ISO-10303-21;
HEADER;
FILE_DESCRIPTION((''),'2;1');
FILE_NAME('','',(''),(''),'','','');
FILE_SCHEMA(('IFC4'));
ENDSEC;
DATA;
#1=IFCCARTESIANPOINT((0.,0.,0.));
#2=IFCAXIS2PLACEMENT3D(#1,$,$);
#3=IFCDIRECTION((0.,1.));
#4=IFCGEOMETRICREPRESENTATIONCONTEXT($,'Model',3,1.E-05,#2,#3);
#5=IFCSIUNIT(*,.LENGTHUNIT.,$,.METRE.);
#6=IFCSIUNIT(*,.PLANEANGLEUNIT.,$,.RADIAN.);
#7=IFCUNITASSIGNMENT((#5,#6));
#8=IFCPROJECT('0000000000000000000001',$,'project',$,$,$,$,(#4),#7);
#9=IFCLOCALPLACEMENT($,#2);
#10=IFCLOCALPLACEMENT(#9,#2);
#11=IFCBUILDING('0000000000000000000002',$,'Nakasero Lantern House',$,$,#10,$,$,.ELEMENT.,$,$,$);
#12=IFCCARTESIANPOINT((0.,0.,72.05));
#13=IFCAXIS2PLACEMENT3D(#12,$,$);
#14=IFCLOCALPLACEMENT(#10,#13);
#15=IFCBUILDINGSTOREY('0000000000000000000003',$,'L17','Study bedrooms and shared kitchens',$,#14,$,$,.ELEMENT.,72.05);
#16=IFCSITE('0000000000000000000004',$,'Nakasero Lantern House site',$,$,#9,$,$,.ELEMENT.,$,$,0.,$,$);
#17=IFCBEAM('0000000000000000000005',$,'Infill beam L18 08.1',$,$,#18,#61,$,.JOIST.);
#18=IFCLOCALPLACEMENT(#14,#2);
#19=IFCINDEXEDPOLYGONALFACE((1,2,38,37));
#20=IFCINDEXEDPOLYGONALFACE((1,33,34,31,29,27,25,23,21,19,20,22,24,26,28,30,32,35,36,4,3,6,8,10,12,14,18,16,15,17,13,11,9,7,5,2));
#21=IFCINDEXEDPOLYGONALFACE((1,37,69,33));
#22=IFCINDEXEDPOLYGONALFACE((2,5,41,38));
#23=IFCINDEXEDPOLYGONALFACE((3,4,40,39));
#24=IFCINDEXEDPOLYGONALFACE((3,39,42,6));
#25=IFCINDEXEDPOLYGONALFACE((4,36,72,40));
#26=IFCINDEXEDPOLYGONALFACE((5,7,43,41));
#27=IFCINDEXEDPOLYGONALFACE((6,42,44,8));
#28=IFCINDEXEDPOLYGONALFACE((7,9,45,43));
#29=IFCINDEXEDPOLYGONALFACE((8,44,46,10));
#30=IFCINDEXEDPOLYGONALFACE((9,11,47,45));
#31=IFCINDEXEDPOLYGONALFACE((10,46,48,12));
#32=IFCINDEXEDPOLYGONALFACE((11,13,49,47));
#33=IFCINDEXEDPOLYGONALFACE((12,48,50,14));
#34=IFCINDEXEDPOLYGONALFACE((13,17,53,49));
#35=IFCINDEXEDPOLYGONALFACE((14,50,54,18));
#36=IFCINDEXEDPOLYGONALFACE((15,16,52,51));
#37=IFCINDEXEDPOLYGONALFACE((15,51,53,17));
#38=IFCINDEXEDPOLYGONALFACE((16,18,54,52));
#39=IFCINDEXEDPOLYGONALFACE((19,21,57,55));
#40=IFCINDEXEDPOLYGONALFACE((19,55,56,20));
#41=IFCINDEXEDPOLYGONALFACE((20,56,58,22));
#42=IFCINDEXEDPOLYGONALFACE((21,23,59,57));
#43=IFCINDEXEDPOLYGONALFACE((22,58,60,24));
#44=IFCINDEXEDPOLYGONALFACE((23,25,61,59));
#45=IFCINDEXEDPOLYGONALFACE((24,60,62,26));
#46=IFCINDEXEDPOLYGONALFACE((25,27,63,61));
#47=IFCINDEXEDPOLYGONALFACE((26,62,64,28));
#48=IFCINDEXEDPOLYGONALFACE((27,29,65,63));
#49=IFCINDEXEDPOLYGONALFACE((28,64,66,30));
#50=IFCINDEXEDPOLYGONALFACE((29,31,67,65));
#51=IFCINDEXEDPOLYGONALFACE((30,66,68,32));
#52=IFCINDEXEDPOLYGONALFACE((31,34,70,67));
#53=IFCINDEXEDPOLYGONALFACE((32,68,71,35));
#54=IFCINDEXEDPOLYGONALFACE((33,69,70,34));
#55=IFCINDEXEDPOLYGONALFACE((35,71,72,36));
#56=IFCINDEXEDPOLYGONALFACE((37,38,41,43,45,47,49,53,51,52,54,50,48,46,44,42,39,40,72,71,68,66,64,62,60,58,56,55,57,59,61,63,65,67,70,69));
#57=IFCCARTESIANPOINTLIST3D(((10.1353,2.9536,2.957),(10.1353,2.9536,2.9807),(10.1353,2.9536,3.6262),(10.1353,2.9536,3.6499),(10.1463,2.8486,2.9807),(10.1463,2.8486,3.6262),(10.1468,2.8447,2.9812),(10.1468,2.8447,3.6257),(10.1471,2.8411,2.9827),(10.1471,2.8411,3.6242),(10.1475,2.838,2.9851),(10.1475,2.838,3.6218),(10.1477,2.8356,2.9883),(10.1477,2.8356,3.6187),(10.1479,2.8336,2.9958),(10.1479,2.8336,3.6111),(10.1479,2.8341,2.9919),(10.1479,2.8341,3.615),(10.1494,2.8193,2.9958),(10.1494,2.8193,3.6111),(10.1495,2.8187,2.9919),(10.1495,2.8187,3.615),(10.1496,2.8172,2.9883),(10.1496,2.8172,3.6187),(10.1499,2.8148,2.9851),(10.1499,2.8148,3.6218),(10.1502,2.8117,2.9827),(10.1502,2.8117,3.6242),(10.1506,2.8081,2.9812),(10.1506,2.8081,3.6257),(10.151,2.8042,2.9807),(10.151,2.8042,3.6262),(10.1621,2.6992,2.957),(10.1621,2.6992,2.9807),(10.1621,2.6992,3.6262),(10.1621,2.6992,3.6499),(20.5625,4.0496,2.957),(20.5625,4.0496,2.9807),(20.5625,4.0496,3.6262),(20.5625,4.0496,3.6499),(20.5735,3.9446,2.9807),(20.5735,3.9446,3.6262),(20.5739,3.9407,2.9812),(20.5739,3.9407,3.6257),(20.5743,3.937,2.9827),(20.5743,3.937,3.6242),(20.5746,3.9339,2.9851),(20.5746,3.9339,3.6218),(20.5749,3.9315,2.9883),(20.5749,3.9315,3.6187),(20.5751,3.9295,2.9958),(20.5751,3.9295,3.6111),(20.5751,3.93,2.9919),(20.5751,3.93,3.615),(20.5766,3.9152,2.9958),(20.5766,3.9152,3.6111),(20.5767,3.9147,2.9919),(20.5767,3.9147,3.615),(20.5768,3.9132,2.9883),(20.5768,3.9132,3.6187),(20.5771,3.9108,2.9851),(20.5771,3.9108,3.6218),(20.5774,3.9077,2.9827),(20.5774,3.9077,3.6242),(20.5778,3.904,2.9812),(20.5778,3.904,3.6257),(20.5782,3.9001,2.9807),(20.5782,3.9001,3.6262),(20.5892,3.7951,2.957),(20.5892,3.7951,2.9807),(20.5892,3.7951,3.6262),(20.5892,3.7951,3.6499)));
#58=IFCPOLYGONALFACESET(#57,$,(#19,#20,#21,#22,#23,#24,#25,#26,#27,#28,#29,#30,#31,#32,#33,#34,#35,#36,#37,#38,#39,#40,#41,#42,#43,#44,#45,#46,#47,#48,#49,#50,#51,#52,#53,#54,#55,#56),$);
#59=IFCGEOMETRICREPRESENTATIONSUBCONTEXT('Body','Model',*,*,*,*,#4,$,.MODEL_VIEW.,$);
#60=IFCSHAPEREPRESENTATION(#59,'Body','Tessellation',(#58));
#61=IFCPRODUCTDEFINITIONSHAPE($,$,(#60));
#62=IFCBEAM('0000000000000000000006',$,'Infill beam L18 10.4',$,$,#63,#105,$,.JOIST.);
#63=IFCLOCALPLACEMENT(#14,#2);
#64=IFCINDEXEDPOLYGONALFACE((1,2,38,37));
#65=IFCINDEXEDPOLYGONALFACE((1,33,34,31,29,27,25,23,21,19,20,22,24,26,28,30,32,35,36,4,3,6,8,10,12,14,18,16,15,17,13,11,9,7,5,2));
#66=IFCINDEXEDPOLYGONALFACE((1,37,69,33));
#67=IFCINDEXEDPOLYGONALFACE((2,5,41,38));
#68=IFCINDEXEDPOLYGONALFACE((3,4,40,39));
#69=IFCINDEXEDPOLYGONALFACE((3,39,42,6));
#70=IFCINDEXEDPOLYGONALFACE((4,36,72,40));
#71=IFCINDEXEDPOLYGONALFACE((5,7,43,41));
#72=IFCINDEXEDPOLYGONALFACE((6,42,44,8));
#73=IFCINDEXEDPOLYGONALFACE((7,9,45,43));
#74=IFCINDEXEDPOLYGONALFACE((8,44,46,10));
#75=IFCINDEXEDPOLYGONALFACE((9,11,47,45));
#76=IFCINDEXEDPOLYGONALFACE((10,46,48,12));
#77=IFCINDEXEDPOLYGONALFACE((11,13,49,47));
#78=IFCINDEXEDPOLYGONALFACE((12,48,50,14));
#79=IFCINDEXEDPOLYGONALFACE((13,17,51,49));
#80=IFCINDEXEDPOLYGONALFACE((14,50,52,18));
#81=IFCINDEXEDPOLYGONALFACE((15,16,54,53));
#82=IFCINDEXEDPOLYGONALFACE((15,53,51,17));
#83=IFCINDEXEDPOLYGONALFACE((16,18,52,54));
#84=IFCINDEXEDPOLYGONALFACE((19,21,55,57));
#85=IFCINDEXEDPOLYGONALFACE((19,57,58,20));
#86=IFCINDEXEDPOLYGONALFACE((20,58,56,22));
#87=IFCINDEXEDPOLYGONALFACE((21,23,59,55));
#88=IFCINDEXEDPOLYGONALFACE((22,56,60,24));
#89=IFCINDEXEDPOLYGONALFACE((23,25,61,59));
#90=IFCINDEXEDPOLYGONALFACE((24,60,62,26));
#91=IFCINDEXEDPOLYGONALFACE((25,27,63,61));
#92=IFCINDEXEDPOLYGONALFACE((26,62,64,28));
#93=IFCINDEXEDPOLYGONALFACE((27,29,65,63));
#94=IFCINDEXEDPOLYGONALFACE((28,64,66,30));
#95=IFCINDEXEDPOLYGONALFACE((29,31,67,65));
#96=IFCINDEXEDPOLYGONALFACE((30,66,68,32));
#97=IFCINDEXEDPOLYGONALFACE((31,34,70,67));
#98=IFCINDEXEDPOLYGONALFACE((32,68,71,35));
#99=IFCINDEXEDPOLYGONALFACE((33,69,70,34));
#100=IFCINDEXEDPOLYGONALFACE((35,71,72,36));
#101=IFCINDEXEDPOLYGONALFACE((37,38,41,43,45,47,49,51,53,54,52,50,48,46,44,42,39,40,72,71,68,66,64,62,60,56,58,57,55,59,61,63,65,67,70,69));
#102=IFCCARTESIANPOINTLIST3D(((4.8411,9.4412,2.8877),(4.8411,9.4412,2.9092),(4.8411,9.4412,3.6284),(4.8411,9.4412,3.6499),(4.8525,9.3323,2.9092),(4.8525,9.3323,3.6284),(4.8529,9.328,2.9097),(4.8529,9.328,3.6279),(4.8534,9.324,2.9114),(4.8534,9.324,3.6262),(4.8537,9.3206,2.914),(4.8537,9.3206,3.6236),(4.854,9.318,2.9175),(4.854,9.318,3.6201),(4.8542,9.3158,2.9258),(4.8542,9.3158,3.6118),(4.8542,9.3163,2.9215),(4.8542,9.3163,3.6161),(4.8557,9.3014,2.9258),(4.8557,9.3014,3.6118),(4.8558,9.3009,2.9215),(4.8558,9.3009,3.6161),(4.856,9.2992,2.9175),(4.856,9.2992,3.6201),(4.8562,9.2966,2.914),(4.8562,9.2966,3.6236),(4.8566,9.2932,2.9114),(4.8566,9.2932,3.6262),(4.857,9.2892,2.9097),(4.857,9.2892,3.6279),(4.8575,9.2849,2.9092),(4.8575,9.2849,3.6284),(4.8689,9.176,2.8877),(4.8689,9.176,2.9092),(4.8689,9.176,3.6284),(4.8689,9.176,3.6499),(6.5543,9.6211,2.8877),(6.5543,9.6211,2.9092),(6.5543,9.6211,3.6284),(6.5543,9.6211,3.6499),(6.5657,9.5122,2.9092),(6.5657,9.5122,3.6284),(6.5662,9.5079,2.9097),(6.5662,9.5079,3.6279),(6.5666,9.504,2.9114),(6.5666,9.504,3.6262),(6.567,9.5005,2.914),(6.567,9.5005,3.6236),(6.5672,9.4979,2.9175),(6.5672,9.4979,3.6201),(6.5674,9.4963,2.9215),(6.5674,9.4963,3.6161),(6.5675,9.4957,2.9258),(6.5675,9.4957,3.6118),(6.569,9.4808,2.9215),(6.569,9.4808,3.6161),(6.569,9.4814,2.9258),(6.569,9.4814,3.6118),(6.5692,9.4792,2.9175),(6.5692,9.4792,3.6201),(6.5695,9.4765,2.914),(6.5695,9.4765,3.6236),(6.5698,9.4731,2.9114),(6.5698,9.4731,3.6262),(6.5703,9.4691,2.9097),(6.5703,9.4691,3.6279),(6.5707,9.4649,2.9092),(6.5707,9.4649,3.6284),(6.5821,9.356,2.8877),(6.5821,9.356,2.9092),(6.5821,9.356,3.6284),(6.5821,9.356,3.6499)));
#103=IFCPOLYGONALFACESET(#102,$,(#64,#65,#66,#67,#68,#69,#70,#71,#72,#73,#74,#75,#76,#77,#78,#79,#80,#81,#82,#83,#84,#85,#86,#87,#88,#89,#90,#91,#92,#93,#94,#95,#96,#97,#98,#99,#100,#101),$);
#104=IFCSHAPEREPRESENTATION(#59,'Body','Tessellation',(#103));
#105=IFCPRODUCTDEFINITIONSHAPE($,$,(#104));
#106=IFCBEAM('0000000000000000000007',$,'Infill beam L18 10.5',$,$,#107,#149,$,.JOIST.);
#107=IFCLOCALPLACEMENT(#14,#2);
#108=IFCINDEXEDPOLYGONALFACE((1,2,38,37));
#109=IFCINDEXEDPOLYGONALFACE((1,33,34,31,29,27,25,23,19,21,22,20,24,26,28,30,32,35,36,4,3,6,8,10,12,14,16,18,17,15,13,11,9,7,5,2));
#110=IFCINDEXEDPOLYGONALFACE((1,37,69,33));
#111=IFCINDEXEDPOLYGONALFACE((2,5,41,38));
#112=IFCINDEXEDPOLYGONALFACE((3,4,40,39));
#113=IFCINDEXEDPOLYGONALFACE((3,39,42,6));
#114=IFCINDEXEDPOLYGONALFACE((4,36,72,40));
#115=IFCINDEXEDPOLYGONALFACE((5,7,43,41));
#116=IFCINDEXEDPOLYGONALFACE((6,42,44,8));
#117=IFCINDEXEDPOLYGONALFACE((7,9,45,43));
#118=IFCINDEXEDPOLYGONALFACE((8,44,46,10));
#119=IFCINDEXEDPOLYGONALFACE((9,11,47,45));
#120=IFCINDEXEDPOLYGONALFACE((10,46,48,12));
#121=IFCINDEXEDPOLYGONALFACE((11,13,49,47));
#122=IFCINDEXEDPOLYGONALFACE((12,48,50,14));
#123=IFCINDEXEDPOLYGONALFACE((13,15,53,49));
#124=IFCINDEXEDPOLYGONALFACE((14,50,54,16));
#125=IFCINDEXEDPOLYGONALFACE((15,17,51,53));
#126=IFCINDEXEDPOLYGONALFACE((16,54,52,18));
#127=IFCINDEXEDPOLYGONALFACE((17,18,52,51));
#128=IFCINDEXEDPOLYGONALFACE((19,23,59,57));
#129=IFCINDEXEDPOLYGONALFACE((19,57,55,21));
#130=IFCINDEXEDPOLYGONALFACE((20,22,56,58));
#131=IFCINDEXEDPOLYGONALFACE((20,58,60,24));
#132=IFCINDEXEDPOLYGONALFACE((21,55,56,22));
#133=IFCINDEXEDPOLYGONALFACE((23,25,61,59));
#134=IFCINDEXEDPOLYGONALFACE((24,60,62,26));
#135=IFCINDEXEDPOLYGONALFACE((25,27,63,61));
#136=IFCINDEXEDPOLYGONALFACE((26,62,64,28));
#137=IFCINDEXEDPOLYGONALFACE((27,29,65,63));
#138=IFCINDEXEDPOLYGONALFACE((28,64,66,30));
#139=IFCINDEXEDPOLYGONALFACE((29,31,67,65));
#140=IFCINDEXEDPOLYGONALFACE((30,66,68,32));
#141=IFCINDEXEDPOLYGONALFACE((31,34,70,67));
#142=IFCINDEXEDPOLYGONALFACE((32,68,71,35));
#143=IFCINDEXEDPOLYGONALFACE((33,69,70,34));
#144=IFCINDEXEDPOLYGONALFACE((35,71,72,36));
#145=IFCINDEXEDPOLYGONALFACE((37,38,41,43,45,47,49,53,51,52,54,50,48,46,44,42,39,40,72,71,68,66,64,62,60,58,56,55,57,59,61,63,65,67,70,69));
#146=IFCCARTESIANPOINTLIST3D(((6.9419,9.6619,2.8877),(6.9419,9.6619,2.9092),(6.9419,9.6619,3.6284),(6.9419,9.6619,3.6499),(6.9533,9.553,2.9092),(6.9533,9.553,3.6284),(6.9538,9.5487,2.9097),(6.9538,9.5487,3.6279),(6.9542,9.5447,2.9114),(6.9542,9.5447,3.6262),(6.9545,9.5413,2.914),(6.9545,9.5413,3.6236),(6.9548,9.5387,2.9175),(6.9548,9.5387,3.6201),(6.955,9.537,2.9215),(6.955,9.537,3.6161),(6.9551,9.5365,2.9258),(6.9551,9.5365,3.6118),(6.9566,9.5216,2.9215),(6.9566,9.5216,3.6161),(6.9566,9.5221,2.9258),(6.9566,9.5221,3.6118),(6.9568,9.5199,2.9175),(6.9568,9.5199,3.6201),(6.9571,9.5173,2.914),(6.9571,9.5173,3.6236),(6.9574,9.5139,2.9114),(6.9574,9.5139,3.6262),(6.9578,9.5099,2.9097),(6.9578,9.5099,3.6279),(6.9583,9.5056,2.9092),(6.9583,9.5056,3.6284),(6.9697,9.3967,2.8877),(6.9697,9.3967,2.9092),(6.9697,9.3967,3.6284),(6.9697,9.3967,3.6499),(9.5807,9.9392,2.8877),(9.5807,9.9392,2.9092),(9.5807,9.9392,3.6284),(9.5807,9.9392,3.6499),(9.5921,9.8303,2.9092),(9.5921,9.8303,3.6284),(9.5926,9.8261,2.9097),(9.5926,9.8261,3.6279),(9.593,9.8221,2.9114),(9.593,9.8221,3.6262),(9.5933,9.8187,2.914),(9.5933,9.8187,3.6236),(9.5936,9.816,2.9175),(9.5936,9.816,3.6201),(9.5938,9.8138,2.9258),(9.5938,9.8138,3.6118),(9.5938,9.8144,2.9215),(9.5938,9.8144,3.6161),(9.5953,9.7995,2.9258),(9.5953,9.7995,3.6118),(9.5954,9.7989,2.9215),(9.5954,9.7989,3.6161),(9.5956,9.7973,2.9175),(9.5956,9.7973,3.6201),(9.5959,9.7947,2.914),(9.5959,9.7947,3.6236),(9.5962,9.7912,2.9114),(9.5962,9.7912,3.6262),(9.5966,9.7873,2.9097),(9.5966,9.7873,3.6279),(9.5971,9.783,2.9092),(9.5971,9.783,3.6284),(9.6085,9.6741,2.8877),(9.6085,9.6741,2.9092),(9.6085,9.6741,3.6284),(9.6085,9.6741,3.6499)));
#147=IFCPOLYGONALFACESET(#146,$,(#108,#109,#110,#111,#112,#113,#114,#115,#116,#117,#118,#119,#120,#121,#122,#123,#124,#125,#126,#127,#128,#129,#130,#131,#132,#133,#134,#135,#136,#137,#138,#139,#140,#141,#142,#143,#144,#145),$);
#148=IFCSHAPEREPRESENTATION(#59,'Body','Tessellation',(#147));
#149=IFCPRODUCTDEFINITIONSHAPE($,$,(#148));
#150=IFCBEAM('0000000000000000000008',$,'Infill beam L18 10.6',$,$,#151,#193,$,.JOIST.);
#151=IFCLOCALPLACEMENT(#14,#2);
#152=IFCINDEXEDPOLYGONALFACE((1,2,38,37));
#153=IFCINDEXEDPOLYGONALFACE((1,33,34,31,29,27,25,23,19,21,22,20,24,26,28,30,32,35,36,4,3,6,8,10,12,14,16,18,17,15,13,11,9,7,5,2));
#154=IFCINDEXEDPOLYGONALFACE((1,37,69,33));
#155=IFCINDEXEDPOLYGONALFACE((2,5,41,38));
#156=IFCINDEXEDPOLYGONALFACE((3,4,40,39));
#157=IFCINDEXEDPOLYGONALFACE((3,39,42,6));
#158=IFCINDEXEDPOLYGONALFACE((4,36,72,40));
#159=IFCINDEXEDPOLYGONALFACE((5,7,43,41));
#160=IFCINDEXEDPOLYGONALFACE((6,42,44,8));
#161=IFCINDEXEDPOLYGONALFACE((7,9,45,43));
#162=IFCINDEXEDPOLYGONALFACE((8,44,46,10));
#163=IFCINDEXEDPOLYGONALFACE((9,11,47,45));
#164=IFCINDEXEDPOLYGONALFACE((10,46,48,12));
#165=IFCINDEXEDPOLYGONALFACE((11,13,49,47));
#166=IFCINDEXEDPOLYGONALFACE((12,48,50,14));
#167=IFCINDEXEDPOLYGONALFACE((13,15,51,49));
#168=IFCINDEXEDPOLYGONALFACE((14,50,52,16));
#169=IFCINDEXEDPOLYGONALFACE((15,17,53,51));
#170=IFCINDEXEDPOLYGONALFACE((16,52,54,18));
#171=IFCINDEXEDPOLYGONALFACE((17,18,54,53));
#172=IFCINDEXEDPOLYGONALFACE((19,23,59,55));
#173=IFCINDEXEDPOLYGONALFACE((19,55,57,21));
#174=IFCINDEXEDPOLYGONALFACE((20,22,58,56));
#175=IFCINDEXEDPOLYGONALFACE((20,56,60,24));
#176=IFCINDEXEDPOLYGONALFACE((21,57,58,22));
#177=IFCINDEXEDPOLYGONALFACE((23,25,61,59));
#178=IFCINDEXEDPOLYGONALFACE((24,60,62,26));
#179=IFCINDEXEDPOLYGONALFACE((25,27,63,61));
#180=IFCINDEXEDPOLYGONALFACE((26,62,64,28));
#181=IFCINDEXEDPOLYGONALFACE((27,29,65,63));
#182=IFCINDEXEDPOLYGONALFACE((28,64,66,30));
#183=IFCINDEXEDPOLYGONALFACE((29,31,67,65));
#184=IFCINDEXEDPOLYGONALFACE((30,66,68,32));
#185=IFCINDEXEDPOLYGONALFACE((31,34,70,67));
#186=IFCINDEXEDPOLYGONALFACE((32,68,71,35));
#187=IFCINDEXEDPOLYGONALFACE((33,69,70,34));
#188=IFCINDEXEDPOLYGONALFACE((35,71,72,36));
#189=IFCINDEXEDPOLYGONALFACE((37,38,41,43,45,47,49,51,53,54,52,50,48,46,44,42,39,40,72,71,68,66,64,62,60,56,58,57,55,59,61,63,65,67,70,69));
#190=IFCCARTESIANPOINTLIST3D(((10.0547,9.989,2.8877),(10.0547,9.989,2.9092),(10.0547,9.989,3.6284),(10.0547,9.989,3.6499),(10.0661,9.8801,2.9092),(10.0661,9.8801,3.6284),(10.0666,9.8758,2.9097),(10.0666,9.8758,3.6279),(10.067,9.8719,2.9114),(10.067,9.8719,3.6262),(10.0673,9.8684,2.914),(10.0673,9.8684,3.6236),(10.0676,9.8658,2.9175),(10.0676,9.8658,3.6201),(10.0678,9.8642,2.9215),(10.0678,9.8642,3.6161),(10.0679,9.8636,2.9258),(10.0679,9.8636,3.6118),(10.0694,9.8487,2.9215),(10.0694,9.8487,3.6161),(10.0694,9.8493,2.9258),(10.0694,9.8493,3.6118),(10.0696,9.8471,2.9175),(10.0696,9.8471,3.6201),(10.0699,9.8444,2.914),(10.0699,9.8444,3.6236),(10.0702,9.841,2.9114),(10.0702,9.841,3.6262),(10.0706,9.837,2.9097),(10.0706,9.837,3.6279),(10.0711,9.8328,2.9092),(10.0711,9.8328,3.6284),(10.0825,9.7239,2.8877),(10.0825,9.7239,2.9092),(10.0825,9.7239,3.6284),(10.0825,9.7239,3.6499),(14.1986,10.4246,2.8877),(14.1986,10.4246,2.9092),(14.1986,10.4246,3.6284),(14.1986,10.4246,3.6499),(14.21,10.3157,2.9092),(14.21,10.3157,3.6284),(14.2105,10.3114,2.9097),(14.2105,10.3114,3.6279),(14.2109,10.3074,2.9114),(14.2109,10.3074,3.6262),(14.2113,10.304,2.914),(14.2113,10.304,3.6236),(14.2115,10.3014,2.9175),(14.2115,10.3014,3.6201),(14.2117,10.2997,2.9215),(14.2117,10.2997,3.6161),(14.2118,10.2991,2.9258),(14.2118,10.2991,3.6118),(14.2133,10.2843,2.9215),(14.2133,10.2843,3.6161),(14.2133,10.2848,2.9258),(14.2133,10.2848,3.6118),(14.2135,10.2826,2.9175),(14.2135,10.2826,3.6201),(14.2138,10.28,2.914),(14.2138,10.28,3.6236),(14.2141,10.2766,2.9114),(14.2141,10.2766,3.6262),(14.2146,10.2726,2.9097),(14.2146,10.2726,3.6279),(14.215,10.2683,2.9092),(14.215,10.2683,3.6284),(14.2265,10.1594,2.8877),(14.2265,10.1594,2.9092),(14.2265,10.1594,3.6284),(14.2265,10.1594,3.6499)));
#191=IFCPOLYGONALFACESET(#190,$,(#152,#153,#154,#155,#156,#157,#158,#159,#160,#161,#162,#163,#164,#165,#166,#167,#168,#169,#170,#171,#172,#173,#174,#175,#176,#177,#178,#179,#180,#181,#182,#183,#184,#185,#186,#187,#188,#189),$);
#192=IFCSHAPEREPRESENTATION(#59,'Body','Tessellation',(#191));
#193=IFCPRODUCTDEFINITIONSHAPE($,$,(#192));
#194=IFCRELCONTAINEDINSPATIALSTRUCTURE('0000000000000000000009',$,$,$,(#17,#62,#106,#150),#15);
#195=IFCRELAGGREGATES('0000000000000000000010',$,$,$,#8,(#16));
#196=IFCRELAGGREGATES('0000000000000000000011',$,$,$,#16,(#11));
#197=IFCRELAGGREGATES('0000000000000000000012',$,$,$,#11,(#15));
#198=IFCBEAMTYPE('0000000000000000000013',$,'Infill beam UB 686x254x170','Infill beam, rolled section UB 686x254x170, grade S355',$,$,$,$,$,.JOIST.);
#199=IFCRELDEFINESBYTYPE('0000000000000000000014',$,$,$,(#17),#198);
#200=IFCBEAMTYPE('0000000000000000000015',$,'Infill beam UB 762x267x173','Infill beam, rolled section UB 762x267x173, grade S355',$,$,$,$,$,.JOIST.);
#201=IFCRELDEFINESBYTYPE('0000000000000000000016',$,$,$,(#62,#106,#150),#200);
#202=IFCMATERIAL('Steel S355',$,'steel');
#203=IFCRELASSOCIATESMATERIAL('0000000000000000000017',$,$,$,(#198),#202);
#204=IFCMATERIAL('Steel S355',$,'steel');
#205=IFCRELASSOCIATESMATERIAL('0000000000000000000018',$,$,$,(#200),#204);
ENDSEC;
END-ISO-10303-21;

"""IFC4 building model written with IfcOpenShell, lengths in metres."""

from ifc_helpers import new_model, si_unit, direction, frame, origin, origin_2d, place, context, subcontext, project, spatial, i_section, extrude, material, material_profile, profile_set, type_object, element, save


model = new_model("IFC4")

# Units and contexts
model_context = context("Model", 3, precision=1e-05, world=origin(), true_north=direction((0.0, 1.0)))
body_context = subcontext(model_context, "Body", "Model", "MODEL_VIEW")
ifc_project = project(units=[si_unit("LENGTHUNIT", "METRE"), si_unit("PLANEANGLEUNIT", "RADIAN")], contexts=[model_context])

# Site, building, storey
site_placement = place(None, origin())
site = spatial("IfcSite", under=ifc_project, at=site_placement, Name="Nakasero Lantern House site", CompositionType="ELEMENT", RefElevation=0.0)
building_placement = place(site_placement, origin())
building = spatial("IfcBuilding", under=site, at=building_placement, Name="Nakasero Lantern House", CompositionType="ELEMENT")
storey_placement = place(building_placement, frame((0.0, 0.0, 72.05)))
storey = spatial("IfcBuildingStorey", under=building, at=storey_placement, Name="L17", Description="Study bedrooms and shared kitchens", CompositionType="ELEMENT", Elevation=72.05)

# Beams
ifc_material_1 = material(Name="Steel S355", Category="steel")
ifc_material_profile_1 = material_profile(ifc_material_1, i_section(OverallWidth=0.2559, OverallDepth=0.6929, WebThickness=0.0144, FlangeThickness=0.0237, FilletRadius=0.0151, at=origin_2d()), Name="UB 686x254x170")
ifc_profile_set_1 = profile_set([ifc_material_profile_1], Name="Steel S355")
beam_type_1 = type_object("IfcBeamType", Name="Infill beam UB 686x254x170", Description="Infill beam, rolled section UB 686x254x170, grade S355", PredefinedType="JOIST", material=ifc_profile_set_1)
beam_1_placement = place(storey_placement, frame((10.1487, 2.8264, 3.3035), z_axis=(0.994522, 0.104528, 0.0), x_axis=(-0.104528, 0.994522, 0.0)))
element("IfcBeam", 1, at=beam_1_placement, inside=storey, type_object=beam_type_1, Name="Infill beam L18 08.1", PredefinedType="JOIST", context=body_context, shape_type="SweptSolid", body=[
    extrude(i_section(OverallWidth=0.2559, OverallDepth=0.6929, WebThickness=0.0144, FlangeThickness=0.0237, FilletRadius=0.0151, at=origin_2d()), origin(), (0.0, 0.0, 1.0), 10.4846),
])
ifc_material_2 = material(Name="Steel S355", Category="steel")
ifc_material_profile_2 = material_profile(ifc_material_2, i_section(OverallWidth=0.2666, OverallDepth=0.7622, WebThickness=0.0144, FlangeThickness=0.0215, FilletRadius=0.0166, at=origin_2d()), Name="UB 762x267x173")
ifc_profile_set_2 = profile_set([ifc_material_profile_2], Name="Steel S355")
beam_type_2 = type_object("IfcBeamType", Name="Infill beam UB 762x267x173", Description="Infill beam, rolled section UB 762x267x173, grade S355", PredefinedType="JOIST", material=ifc_profile_set_2)
beam_2_placement = place(storey_placement, frame((4.855, 9.3086, 3.2688), z_axis=(0.99453, 0.104456, 0.0), x_axis=(-0.104456, 0.99453, 0.0)))
element("IfcBeam", 2, at=beam_2_placement, inside=storey, type_object=beam_type_2, Name="Infill beam L18 10.4", PredefinedType="JOIST", context=body_context, shape_type="SweptSolid", body=[
    extrude(i_section(OverallWidth=0.2666, OverallDepth=0.7622, WebThickness=0.0144, FlangeThickness=0.0215, FilletRadius=0.0166, at=origin_2d()), origin(), (0.0, 0.0, 1.0), 1.7227),
])
beam_3_placement = place(storey_placement, frame((6.9558, 9.5293, 3.2688), z_axis=(0.994522, 0.104532, 0.0), x_axis=(-0.104532, 0.994522, 0.0)))
element("IfcBeam", 3, at=beam_3_placement, inside=storey, type_object=beam_type_2, Name="Infill beam L18 10.5", PredefinedType="JOIST", context=body_context, shape_type="SweptSolid", body=[
    extrude(i_section(OverallWidth=0.2666, OverallDepth=0.7622, WebThickness=0.0144, FlangeThickness=0.0215, FilletRadius=0.0166, at=origin_2d()), origin(), (0.0, 0.0, 1.0), 2.6533),
])
beam_4_placement = place(storey_placement, frame((10.0686, 9.8564, 3.2688), z_axis=(0.994522, 0.104526, 0.0), x_axis=(-0.104526, 0.994522, 0.0)))
element("IfcBeam", 4, at=beam_4_placement, inside=storey, type_object=beam_type_2, Name="Infill beam L18 10.6", PredefinedType="JOIST", context=body_context, shape_type="SweptSolid", body=[
    extrude(i_section(OverallWidth=0.2666, OverallDepth=0.7622, WebThickness=0.0144, FlangeThickness=0.0215, FilletRadius=0.0166, at=origin_2d()), origin(), (0.0, 0.0, 1.0), 4.1667),
])

save(model, "model.ifc")
